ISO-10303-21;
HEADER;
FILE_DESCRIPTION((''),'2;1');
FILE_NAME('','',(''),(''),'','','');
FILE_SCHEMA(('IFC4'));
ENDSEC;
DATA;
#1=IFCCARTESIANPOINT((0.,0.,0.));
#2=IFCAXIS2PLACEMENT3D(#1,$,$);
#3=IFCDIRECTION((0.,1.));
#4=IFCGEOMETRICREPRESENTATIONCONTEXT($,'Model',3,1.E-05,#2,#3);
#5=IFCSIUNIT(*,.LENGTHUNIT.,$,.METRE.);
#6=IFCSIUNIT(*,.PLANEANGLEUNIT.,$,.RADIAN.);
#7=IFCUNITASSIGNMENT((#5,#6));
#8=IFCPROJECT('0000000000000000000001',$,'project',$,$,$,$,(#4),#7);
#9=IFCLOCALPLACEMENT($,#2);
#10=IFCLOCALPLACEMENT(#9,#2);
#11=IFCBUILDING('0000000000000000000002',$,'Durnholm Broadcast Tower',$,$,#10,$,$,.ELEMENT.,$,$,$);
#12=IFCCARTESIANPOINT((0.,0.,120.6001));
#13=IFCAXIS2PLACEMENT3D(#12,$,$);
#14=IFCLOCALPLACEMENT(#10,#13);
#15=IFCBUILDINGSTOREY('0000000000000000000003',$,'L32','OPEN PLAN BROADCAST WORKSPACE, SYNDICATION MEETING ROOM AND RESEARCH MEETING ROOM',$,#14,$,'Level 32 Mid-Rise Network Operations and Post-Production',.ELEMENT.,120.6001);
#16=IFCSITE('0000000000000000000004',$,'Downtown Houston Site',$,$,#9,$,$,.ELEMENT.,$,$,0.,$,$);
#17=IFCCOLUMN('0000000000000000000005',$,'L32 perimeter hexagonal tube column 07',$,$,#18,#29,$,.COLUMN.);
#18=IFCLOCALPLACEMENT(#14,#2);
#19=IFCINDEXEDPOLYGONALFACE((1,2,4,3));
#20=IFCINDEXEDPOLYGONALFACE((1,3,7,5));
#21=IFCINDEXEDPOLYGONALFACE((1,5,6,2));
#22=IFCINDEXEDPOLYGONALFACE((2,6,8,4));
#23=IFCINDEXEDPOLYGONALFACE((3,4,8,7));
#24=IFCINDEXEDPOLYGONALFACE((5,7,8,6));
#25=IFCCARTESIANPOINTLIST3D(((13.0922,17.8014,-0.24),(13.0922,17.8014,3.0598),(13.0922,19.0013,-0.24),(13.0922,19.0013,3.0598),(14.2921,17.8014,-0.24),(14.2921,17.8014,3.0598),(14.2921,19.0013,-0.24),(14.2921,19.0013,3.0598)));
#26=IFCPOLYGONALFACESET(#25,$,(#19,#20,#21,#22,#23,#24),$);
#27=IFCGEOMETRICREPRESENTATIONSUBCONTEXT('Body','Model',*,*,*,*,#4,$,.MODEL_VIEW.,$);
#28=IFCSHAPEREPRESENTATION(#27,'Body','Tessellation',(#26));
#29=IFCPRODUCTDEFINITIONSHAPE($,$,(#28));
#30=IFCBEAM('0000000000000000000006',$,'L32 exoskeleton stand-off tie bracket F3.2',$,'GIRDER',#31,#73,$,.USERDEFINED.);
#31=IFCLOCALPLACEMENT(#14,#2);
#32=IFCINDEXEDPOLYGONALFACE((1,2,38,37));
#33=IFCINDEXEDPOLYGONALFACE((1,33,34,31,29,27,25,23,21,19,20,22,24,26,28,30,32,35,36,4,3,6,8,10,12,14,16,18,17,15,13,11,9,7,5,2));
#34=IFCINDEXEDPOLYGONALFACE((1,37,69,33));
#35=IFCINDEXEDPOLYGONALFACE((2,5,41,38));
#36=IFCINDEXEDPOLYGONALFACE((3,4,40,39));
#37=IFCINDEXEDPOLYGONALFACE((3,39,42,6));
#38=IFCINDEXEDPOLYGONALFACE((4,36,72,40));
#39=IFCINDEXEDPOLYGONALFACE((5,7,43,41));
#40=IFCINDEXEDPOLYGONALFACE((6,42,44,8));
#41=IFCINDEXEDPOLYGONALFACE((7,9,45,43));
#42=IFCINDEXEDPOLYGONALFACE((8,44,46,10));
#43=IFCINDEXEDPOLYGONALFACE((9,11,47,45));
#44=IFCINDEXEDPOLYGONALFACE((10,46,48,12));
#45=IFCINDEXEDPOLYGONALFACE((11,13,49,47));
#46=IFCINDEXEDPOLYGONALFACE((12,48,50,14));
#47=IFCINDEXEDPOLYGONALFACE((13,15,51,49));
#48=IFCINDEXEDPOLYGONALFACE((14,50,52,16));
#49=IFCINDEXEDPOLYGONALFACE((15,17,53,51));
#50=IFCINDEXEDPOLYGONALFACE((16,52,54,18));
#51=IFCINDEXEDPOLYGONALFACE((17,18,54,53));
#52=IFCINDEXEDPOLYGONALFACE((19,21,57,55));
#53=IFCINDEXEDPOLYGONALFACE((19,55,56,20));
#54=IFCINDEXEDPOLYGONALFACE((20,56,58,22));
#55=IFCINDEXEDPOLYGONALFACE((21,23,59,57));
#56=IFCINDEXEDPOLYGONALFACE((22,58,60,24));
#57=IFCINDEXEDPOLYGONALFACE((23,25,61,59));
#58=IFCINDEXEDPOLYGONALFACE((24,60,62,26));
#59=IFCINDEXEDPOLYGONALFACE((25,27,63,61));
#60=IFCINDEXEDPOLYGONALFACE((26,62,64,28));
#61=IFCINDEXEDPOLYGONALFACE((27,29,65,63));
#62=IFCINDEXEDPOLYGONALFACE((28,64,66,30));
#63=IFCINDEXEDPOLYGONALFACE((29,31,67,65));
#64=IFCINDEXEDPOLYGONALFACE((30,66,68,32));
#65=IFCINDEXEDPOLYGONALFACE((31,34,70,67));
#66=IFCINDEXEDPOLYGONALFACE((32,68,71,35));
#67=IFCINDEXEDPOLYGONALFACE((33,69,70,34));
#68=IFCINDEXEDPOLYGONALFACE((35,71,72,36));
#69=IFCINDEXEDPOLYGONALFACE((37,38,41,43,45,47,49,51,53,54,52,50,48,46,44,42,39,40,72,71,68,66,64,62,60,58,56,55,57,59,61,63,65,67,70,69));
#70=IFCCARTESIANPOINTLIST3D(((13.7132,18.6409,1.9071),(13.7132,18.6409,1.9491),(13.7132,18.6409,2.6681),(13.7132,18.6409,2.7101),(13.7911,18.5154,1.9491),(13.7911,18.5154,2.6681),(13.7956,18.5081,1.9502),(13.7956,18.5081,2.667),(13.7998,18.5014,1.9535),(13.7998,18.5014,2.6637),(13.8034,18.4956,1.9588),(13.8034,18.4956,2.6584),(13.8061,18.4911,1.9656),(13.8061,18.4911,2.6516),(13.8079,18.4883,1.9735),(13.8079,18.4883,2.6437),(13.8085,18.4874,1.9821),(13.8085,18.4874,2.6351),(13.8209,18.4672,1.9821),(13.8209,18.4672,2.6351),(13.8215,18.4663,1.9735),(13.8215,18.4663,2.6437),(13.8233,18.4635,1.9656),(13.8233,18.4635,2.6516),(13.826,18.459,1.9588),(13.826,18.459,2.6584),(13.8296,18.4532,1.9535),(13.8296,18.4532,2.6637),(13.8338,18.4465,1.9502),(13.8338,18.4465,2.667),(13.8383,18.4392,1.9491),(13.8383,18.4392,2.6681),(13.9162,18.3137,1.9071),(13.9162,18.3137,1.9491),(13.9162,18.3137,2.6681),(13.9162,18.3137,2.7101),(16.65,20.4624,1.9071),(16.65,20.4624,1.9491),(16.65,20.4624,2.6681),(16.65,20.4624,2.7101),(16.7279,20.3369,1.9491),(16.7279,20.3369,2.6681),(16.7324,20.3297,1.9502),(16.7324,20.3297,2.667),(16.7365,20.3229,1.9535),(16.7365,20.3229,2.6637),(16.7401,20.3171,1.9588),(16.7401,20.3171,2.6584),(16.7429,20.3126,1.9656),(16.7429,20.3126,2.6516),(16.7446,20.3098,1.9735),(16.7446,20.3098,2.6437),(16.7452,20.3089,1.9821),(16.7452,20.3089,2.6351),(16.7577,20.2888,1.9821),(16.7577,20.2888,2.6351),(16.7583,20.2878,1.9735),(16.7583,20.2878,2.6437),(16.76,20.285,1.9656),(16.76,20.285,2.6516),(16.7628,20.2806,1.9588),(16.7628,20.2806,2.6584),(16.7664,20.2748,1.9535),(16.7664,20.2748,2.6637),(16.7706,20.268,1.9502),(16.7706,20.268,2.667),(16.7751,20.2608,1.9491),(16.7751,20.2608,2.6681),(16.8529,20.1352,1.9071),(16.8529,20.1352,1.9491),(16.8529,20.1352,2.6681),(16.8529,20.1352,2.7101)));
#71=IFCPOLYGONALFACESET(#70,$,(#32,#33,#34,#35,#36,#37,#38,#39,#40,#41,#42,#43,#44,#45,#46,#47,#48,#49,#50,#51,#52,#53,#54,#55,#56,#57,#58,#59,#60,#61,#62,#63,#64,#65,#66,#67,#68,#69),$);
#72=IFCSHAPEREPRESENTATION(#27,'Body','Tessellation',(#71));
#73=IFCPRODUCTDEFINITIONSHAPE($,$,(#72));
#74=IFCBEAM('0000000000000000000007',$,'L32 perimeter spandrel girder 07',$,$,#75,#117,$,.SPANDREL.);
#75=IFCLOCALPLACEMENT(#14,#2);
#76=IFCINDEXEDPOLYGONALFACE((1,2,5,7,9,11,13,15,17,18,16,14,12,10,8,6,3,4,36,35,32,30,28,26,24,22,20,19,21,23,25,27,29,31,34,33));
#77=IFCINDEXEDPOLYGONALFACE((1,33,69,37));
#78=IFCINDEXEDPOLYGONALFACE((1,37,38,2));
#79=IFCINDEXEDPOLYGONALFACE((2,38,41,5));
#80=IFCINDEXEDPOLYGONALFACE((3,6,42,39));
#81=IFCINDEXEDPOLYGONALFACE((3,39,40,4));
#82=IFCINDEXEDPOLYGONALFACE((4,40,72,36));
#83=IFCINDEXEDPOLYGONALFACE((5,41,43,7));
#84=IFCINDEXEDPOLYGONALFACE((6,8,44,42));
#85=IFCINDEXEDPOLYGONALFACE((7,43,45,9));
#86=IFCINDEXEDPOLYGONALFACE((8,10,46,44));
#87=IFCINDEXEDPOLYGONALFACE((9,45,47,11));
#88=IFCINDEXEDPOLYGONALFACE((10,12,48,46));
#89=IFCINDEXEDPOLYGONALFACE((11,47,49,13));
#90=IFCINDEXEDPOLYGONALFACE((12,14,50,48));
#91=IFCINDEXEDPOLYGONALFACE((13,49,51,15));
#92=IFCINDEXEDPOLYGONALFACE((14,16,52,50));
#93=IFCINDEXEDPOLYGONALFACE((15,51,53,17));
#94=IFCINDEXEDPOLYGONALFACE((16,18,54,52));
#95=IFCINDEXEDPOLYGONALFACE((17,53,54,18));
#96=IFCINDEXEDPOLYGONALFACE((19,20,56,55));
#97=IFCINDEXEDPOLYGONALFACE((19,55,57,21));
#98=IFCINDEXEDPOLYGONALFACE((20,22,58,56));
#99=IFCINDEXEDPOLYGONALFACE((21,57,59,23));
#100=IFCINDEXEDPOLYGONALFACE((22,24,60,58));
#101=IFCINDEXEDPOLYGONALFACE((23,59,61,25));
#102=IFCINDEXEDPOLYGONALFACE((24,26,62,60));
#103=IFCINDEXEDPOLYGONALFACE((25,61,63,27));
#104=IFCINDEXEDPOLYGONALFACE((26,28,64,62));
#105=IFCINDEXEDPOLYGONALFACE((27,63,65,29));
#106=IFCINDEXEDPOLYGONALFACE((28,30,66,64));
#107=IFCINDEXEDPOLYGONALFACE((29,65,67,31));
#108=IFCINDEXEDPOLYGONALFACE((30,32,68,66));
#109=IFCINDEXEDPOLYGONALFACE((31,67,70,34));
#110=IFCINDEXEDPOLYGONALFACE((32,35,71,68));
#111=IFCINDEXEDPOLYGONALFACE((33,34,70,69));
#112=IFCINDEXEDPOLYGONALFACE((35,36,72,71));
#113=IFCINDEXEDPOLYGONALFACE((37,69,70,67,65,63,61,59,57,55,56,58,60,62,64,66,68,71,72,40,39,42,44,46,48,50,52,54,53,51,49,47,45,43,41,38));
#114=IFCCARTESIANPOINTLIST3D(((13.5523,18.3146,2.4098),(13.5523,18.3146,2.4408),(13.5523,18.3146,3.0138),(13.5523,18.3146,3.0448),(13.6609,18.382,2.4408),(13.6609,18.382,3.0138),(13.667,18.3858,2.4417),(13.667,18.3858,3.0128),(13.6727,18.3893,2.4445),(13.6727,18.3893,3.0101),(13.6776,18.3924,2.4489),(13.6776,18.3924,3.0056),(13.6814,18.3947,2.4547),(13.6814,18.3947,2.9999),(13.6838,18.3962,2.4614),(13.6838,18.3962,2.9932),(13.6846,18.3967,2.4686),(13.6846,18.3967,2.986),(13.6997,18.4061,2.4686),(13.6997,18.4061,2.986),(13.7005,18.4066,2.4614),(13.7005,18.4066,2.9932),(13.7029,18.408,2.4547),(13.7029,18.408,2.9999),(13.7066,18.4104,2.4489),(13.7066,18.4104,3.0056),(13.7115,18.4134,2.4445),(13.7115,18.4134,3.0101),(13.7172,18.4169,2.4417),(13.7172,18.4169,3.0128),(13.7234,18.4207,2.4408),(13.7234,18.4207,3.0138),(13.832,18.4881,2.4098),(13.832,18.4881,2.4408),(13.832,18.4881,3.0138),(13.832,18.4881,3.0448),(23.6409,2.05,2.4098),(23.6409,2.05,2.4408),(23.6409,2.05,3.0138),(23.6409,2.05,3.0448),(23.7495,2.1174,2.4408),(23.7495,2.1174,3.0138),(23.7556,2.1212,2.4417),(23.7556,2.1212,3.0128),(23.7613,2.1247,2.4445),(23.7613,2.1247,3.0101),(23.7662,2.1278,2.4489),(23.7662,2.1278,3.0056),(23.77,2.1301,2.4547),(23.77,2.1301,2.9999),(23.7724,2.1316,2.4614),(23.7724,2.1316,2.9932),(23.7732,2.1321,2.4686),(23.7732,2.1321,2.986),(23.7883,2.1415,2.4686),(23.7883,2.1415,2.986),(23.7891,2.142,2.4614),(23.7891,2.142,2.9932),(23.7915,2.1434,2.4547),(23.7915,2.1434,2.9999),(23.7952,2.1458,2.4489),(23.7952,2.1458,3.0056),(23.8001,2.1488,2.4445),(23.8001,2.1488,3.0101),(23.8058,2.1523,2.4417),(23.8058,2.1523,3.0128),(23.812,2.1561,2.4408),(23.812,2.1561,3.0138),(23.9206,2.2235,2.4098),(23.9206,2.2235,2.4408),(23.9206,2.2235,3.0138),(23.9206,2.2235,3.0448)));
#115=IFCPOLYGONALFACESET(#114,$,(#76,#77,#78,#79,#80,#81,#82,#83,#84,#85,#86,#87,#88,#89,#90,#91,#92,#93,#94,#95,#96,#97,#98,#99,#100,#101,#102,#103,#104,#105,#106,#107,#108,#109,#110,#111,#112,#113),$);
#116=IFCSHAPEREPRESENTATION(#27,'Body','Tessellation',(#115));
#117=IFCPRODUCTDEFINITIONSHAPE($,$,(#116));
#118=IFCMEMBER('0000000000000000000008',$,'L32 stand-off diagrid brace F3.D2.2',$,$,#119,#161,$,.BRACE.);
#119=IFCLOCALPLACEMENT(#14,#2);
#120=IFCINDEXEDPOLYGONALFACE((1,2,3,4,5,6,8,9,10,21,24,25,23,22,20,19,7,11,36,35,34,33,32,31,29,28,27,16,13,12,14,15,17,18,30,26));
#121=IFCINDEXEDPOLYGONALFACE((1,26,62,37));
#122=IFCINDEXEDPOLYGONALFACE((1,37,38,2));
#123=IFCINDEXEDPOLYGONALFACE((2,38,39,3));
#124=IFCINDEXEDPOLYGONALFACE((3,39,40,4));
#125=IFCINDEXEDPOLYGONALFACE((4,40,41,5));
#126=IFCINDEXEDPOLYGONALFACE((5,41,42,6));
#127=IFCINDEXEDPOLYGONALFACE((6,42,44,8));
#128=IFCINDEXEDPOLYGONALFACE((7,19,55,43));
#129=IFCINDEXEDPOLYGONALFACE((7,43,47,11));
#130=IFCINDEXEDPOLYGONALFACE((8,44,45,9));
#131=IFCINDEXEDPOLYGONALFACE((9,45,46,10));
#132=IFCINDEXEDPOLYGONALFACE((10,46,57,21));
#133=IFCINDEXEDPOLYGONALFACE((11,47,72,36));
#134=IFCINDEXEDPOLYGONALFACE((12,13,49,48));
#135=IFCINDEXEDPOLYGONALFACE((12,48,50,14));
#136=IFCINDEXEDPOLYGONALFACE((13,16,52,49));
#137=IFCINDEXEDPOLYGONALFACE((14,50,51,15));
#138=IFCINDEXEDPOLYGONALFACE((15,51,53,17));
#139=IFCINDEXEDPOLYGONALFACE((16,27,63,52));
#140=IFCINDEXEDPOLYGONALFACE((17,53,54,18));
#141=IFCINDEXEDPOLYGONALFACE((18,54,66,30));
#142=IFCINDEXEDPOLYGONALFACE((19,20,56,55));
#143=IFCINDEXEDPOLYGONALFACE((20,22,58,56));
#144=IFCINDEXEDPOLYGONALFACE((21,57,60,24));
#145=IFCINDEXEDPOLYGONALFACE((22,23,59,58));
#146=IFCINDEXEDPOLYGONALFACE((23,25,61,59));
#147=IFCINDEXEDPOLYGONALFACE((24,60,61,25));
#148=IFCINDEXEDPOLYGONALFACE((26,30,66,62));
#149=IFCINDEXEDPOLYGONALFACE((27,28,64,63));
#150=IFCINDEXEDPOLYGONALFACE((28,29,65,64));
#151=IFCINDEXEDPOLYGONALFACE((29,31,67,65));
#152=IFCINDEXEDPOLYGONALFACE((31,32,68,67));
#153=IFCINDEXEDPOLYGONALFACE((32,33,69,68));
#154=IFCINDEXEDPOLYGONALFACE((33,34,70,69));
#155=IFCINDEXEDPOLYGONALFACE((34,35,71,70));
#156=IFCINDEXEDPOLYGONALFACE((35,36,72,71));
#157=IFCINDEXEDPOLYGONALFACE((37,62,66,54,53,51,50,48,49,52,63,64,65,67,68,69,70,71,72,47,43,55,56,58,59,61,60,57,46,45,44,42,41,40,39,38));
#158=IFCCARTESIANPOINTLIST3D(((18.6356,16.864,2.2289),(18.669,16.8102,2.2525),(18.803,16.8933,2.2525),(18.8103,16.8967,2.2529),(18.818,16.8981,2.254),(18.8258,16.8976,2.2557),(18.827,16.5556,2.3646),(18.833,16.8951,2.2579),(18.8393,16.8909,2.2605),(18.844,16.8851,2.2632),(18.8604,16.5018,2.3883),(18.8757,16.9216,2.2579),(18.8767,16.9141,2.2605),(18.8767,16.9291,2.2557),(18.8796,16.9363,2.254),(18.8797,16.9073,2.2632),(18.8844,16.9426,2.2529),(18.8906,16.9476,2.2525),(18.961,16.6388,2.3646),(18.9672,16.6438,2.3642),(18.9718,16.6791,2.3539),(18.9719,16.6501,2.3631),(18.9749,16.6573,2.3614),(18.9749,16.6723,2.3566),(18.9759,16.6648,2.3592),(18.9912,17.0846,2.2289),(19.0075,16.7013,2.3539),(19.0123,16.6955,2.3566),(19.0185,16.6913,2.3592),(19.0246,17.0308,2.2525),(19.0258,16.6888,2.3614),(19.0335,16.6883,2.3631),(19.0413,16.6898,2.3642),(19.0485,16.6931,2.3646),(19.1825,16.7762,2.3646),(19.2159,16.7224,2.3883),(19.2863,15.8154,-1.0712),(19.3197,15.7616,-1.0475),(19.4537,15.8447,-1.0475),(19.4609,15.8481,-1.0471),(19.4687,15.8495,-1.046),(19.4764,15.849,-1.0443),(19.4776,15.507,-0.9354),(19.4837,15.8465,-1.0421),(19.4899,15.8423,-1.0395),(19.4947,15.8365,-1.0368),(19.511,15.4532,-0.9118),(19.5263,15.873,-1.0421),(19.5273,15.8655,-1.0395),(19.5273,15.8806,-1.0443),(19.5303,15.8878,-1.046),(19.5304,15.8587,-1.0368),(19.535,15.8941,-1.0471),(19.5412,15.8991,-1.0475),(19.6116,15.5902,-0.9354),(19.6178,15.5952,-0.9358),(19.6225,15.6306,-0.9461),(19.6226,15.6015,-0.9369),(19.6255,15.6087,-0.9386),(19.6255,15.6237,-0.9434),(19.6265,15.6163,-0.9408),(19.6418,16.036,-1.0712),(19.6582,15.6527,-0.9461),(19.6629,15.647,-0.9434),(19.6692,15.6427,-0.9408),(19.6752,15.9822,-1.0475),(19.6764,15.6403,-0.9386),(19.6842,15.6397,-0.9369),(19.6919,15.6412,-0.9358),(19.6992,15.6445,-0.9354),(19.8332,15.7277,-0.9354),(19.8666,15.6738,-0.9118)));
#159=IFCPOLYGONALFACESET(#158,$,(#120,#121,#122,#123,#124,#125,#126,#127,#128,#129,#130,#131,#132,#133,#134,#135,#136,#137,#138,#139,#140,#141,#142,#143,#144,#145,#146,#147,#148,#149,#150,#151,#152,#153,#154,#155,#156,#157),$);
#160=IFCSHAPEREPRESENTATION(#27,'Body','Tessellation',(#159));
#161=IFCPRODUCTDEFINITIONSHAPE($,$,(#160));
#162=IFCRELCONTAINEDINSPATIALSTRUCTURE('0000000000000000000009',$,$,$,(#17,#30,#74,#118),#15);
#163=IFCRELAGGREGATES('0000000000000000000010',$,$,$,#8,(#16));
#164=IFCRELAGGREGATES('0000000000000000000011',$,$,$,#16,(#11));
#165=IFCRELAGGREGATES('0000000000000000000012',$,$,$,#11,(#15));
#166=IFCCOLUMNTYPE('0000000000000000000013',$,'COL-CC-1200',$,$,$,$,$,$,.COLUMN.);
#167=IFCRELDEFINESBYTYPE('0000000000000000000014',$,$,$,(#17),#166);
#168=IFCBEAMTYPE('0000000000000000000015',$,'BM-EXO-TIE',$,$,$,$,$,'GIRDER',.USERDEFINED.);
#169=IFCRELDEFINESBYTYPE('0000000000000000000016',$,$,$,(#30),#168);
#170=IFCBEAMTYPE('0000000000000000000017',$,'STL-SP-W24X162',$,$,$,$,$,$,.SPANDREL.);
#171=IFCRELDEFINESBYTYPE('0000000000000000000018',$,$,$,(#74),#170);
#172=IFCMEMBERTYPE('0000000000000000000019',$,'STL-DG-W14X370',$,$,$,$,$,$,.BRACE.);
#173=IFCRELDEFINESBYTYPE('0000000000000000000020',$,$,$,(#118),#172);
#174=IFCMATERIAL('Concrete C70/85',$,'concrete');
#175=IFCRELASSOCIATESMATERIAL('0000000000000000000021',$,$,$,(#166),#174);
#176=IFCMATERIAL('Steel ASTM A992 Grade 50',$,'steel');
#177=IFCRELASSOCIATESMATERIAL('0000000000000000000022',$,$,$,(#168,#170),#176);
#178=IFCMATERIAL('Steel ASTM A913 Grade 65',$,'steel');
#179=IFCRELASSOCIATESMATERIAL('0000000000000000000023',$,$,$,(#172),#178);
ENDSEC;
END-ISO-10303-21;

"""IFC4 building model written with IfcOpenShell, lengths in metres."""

from ifc_helpers import new_model, si_unit, direction, frame, origin, origin_2d, place, context, subcontext, project, spatial, rectangle, i_section, extrude, source, transform, mapped, material, material_profile, profile_set, type_object, type_shapes, element, save


model = new_model("IFC4")

# Units and contexts
model_context = context("Model", 3, precision=1e-05, world=origin(), true_north=direction((0.0, 1.0)))
body_context = subcontext(model_context, "Body", "Model", "MODEL_VIEW")
ifc_project = project(units=[si_unit("LENGTHUNIT", "METRE"), si_unit("PLANEANGLEUNIT", "RADIAN")], contexts=[model_context])

# Site, building, storey
site_placement = place(None, origin())
site = spatial("IfcSite", under=ifc_project, at=site_placement, Name="Downtown Houston Site", CompositionType="ELEMENT", RefElevation=0.0)
building_placement = place(site_placement, origin())
building = spatial("IfcBuilding", under=site, at=building_placement, Name="Durnholm Broadcast Tower", CompositionType="ELEMENT")
storey_placement = place(building_placement, frame((0.0, 0.0, 120.6001)))
storey = spatial("IfcBuildingStorey", under=building, at=storey_placement, Name="L32", Description="OPEN PLAN BROADCAST WORKSPACE, SYNDICATION MEETING ROOM AND RESEARCH MEETING ROOM", LongName="Level 32 Mid-Rise Network Operations and Post-Production", CompositionType="ELEMENT", Elevation=120.6001)

# Column
ifc_material_1 = material(Name="Concrete C70/85", Category="concrete")
ifc_material_profile_1 = material_profile(ifc_material_1, rectangle(XDim=1.2, YDim=1.2, at=origin_2d()), Name="RC1200X1200")
ifc_profile_set_1 = profile_set([ifc_material_profile_1], Name="Concrete C70/85")
column_type = type_object("IfcColumnType", Name="COL-CC-1200", PredefinedType="COLUMN", material=ifc_profile_set_1)
shared_shape_1 = source(origin(), body_context, "Body", "SweptSolid", [
    extrude(rectangle(XDim=1.2, YDim=1.2, at=origin_2d()), origin(), (0.0, 0.0, 1.0), 3.2998),
])
type_shapes(column_type, [shared_shape_1])
column_placement = place(storey_placement, frame((13.6921, 18.4014, -0.24), z_axis=(0.0, 0.0, 1.0), x_axis=(1.0, 0.0, 0.0)))
element("IfcColumn", 1, at=column_placement, inside=storey, type_object=column_type, Name="L32 perimeter hexagonal tube column 07", PredefinedType="COLUMN", context=body_context, shape_type="MappedRepresentation", body=[
    mapped(shared_shape_1, transform((0.0, 0.0, 0.0), x_axis=(1.0, 0.0, 0.0), y_axis=(0.0, 1.0, 0.0), z_axis=(0.0, 0.0, 1.0), scale=1.0)),
])

# Beams
ifc_material_2 = material(Name="Steel ASTM A992 Grade 50", Category="steel")
ifc_material_profile_2 = material_profile(ifc_material_2, i_section(OverallWidth=0.385, OverallDepth=0.803, WebThickness=0.0237, FlangeThickness=0.042, FilletRadius=0.033, at=origin_2d()), Name="W30X261")
ifc_profile_set_2 = profile_set([ifc_material_profile_2], Name="Steel ASTM A992 Grade 50")
beam_type_1 = type_object("IfcBeamType", Name="BM-EXO-TIE", ElementType="GIRDER", PredefinedType="USERDEFINED", material=ifc_profile_set_2)
shared_shape_2 = source(origin(), body_context, "Body", "SweptSolid", [
    extrude(i_section(OverallWidth=0.385, OverallDepth=0.803, WebThickness=0.0237, FlangeThickness=0.042, FilletRadius=0.033, at=origin_2d()), origin(), (0.0, 0.0, 1.0), 3.4558),
])
type_shapes(beam_type_1, [shared_shape_2])
beam_1_placement = place(storey_placement, frame((13.8147, 18.4773, 2.3086), z_axis=(0.849807, 0.527094, 0.0), x_axis=(-0.527094, 0.849807, 0.0)))
element("IfcBeam", 2, at=beam_1_placement, inside=storey, type_object=beam_type_1, Name="L32 exoskeleton stand-off tie bracket F3.2", ObjectType="GIRDER", PredefinedType="USERDEFINED", context=body_context, shape_type="MappedRepresentation", body=[
    mapped(shared_shape_2, transform((0.0, 0.0, 0.0), x_axis=(1.0, 0.0, 0.0), y_axis=(0.0, 1.0, 0.0), z_axis=(0.0, 0.0, 1.0), scale=1.0)),
])
ifc_material_profile_3 = material_profile(ifc_material_2, i_section(OverallWidth=0.3291, OverallDepth=0.635, WebThickness=0.0178, FlangeThickness=0.031, FilletRadius=0.0278, at=origin_2d()), Name="W24X162")
ifc_profile_set_3 = profile_set([ifc_material_profile_3], Name="Steel ASTM A992 Grade 50")
beam_type_2 = type_object("IfcBeamType", Name="STL-SP-W24X162", PredefinedType="SPANDREL", material=ifc_profile_set_3)
shared_shape_3 = source(origin(), body_context, "Body", "SweptSolid", [
    extrude(i_section(OverallWidth=0.3291, OverallDepth=0.635, WebThickness=0.0178, FlangeThickness=0.031, FilletRadius=0.0278, at=origin_2d()), origin(), (0.0, 0.0, 1.0), 19.1394),
])
type_shapes(beam_type_2, [shared_shape_3])
beam_2_placement = place(storey_placement, frame((13.6921, 18.4014, 2.7273), z_axis=(0.527111, -0.849796, 0.0), x_axis=(0.849796, 0.527111, 0.0)))
element("IfcBeam", 3, at=beam_2_placement, inside=storey, type_object=beam_type_2, Name="L32 perimeter spandrel girder 07", PredefinedType="SPANDREL", context=body_context, shape_type="MappedRepresentation", body=[
    mapped(shared_shape_3, transform((0.0, 0.0, 0.0), x_axis=(1.0, 0.0, 0.0), y_axis=(0.0, 1.0, 0.0), z_axis=(0.0, 0.0, 1.0), scale=1.0)),
])

# Member
ifc_material_3 = material(Name="Steel ASTM A913 Grade 65", Category="steel")
ifc_material_profile_4 = material_profile(ifc_material_3, i_section(OverallWidth=0.4185, OverallDepth=0.4551, WebThickness=0.042, FlangeThickness=0.0676, FilletRadius=0.0305, at=origin_2d()), Name="W14X370")
ifc_profile_set_4 = profile_set([ifc_material_profile_4], Name="Steel ASTM A913 Grade 65")
member_type_1 = type_object("IfcMemberType", Name="STL-DG-W14X370", PredefinedType="BRACE", material=ifc_profile_set_4)
shared_shape_4 = source(origin(), body_context, "Body", "SweptSolid", [
    extrude(i_section(OverallWidth=0.4185, OverallDepth=0.4551, WebThickness=0.042, FlangeThickness=0.0676, FilletRadius=0.0305, at=origin_2d()), origin(), (0.0, 0.0, 1.0), 3.5232),
])
member_1_placement = place(storey_placement, frame((19.5764, 15.7446, -0.9915), z_axis=(-0.18467, 0.29762, 0.936653), x_axis=(-0.849717, -0.52724, 0.0)))
element("IfcMember", 4, at=member_1_placement, inside=storey, type_object=member_type_1, Name="L32 stand-off diagrid brace F3.D2.2", PredefinedType="BRACE", context=body_context, shape_type="MappedRepresentation", body=[
    mapped(shared_shape_4, transform((0.0, 0.0, 0.0), x_axis=(1.0, 0.0, 0.0), y_axis=(0.0, 1.0, 0.0), z_axis=(0.0, 0.0, 1.0), scale=1.0)),
])

save(model, "model.ifc")
